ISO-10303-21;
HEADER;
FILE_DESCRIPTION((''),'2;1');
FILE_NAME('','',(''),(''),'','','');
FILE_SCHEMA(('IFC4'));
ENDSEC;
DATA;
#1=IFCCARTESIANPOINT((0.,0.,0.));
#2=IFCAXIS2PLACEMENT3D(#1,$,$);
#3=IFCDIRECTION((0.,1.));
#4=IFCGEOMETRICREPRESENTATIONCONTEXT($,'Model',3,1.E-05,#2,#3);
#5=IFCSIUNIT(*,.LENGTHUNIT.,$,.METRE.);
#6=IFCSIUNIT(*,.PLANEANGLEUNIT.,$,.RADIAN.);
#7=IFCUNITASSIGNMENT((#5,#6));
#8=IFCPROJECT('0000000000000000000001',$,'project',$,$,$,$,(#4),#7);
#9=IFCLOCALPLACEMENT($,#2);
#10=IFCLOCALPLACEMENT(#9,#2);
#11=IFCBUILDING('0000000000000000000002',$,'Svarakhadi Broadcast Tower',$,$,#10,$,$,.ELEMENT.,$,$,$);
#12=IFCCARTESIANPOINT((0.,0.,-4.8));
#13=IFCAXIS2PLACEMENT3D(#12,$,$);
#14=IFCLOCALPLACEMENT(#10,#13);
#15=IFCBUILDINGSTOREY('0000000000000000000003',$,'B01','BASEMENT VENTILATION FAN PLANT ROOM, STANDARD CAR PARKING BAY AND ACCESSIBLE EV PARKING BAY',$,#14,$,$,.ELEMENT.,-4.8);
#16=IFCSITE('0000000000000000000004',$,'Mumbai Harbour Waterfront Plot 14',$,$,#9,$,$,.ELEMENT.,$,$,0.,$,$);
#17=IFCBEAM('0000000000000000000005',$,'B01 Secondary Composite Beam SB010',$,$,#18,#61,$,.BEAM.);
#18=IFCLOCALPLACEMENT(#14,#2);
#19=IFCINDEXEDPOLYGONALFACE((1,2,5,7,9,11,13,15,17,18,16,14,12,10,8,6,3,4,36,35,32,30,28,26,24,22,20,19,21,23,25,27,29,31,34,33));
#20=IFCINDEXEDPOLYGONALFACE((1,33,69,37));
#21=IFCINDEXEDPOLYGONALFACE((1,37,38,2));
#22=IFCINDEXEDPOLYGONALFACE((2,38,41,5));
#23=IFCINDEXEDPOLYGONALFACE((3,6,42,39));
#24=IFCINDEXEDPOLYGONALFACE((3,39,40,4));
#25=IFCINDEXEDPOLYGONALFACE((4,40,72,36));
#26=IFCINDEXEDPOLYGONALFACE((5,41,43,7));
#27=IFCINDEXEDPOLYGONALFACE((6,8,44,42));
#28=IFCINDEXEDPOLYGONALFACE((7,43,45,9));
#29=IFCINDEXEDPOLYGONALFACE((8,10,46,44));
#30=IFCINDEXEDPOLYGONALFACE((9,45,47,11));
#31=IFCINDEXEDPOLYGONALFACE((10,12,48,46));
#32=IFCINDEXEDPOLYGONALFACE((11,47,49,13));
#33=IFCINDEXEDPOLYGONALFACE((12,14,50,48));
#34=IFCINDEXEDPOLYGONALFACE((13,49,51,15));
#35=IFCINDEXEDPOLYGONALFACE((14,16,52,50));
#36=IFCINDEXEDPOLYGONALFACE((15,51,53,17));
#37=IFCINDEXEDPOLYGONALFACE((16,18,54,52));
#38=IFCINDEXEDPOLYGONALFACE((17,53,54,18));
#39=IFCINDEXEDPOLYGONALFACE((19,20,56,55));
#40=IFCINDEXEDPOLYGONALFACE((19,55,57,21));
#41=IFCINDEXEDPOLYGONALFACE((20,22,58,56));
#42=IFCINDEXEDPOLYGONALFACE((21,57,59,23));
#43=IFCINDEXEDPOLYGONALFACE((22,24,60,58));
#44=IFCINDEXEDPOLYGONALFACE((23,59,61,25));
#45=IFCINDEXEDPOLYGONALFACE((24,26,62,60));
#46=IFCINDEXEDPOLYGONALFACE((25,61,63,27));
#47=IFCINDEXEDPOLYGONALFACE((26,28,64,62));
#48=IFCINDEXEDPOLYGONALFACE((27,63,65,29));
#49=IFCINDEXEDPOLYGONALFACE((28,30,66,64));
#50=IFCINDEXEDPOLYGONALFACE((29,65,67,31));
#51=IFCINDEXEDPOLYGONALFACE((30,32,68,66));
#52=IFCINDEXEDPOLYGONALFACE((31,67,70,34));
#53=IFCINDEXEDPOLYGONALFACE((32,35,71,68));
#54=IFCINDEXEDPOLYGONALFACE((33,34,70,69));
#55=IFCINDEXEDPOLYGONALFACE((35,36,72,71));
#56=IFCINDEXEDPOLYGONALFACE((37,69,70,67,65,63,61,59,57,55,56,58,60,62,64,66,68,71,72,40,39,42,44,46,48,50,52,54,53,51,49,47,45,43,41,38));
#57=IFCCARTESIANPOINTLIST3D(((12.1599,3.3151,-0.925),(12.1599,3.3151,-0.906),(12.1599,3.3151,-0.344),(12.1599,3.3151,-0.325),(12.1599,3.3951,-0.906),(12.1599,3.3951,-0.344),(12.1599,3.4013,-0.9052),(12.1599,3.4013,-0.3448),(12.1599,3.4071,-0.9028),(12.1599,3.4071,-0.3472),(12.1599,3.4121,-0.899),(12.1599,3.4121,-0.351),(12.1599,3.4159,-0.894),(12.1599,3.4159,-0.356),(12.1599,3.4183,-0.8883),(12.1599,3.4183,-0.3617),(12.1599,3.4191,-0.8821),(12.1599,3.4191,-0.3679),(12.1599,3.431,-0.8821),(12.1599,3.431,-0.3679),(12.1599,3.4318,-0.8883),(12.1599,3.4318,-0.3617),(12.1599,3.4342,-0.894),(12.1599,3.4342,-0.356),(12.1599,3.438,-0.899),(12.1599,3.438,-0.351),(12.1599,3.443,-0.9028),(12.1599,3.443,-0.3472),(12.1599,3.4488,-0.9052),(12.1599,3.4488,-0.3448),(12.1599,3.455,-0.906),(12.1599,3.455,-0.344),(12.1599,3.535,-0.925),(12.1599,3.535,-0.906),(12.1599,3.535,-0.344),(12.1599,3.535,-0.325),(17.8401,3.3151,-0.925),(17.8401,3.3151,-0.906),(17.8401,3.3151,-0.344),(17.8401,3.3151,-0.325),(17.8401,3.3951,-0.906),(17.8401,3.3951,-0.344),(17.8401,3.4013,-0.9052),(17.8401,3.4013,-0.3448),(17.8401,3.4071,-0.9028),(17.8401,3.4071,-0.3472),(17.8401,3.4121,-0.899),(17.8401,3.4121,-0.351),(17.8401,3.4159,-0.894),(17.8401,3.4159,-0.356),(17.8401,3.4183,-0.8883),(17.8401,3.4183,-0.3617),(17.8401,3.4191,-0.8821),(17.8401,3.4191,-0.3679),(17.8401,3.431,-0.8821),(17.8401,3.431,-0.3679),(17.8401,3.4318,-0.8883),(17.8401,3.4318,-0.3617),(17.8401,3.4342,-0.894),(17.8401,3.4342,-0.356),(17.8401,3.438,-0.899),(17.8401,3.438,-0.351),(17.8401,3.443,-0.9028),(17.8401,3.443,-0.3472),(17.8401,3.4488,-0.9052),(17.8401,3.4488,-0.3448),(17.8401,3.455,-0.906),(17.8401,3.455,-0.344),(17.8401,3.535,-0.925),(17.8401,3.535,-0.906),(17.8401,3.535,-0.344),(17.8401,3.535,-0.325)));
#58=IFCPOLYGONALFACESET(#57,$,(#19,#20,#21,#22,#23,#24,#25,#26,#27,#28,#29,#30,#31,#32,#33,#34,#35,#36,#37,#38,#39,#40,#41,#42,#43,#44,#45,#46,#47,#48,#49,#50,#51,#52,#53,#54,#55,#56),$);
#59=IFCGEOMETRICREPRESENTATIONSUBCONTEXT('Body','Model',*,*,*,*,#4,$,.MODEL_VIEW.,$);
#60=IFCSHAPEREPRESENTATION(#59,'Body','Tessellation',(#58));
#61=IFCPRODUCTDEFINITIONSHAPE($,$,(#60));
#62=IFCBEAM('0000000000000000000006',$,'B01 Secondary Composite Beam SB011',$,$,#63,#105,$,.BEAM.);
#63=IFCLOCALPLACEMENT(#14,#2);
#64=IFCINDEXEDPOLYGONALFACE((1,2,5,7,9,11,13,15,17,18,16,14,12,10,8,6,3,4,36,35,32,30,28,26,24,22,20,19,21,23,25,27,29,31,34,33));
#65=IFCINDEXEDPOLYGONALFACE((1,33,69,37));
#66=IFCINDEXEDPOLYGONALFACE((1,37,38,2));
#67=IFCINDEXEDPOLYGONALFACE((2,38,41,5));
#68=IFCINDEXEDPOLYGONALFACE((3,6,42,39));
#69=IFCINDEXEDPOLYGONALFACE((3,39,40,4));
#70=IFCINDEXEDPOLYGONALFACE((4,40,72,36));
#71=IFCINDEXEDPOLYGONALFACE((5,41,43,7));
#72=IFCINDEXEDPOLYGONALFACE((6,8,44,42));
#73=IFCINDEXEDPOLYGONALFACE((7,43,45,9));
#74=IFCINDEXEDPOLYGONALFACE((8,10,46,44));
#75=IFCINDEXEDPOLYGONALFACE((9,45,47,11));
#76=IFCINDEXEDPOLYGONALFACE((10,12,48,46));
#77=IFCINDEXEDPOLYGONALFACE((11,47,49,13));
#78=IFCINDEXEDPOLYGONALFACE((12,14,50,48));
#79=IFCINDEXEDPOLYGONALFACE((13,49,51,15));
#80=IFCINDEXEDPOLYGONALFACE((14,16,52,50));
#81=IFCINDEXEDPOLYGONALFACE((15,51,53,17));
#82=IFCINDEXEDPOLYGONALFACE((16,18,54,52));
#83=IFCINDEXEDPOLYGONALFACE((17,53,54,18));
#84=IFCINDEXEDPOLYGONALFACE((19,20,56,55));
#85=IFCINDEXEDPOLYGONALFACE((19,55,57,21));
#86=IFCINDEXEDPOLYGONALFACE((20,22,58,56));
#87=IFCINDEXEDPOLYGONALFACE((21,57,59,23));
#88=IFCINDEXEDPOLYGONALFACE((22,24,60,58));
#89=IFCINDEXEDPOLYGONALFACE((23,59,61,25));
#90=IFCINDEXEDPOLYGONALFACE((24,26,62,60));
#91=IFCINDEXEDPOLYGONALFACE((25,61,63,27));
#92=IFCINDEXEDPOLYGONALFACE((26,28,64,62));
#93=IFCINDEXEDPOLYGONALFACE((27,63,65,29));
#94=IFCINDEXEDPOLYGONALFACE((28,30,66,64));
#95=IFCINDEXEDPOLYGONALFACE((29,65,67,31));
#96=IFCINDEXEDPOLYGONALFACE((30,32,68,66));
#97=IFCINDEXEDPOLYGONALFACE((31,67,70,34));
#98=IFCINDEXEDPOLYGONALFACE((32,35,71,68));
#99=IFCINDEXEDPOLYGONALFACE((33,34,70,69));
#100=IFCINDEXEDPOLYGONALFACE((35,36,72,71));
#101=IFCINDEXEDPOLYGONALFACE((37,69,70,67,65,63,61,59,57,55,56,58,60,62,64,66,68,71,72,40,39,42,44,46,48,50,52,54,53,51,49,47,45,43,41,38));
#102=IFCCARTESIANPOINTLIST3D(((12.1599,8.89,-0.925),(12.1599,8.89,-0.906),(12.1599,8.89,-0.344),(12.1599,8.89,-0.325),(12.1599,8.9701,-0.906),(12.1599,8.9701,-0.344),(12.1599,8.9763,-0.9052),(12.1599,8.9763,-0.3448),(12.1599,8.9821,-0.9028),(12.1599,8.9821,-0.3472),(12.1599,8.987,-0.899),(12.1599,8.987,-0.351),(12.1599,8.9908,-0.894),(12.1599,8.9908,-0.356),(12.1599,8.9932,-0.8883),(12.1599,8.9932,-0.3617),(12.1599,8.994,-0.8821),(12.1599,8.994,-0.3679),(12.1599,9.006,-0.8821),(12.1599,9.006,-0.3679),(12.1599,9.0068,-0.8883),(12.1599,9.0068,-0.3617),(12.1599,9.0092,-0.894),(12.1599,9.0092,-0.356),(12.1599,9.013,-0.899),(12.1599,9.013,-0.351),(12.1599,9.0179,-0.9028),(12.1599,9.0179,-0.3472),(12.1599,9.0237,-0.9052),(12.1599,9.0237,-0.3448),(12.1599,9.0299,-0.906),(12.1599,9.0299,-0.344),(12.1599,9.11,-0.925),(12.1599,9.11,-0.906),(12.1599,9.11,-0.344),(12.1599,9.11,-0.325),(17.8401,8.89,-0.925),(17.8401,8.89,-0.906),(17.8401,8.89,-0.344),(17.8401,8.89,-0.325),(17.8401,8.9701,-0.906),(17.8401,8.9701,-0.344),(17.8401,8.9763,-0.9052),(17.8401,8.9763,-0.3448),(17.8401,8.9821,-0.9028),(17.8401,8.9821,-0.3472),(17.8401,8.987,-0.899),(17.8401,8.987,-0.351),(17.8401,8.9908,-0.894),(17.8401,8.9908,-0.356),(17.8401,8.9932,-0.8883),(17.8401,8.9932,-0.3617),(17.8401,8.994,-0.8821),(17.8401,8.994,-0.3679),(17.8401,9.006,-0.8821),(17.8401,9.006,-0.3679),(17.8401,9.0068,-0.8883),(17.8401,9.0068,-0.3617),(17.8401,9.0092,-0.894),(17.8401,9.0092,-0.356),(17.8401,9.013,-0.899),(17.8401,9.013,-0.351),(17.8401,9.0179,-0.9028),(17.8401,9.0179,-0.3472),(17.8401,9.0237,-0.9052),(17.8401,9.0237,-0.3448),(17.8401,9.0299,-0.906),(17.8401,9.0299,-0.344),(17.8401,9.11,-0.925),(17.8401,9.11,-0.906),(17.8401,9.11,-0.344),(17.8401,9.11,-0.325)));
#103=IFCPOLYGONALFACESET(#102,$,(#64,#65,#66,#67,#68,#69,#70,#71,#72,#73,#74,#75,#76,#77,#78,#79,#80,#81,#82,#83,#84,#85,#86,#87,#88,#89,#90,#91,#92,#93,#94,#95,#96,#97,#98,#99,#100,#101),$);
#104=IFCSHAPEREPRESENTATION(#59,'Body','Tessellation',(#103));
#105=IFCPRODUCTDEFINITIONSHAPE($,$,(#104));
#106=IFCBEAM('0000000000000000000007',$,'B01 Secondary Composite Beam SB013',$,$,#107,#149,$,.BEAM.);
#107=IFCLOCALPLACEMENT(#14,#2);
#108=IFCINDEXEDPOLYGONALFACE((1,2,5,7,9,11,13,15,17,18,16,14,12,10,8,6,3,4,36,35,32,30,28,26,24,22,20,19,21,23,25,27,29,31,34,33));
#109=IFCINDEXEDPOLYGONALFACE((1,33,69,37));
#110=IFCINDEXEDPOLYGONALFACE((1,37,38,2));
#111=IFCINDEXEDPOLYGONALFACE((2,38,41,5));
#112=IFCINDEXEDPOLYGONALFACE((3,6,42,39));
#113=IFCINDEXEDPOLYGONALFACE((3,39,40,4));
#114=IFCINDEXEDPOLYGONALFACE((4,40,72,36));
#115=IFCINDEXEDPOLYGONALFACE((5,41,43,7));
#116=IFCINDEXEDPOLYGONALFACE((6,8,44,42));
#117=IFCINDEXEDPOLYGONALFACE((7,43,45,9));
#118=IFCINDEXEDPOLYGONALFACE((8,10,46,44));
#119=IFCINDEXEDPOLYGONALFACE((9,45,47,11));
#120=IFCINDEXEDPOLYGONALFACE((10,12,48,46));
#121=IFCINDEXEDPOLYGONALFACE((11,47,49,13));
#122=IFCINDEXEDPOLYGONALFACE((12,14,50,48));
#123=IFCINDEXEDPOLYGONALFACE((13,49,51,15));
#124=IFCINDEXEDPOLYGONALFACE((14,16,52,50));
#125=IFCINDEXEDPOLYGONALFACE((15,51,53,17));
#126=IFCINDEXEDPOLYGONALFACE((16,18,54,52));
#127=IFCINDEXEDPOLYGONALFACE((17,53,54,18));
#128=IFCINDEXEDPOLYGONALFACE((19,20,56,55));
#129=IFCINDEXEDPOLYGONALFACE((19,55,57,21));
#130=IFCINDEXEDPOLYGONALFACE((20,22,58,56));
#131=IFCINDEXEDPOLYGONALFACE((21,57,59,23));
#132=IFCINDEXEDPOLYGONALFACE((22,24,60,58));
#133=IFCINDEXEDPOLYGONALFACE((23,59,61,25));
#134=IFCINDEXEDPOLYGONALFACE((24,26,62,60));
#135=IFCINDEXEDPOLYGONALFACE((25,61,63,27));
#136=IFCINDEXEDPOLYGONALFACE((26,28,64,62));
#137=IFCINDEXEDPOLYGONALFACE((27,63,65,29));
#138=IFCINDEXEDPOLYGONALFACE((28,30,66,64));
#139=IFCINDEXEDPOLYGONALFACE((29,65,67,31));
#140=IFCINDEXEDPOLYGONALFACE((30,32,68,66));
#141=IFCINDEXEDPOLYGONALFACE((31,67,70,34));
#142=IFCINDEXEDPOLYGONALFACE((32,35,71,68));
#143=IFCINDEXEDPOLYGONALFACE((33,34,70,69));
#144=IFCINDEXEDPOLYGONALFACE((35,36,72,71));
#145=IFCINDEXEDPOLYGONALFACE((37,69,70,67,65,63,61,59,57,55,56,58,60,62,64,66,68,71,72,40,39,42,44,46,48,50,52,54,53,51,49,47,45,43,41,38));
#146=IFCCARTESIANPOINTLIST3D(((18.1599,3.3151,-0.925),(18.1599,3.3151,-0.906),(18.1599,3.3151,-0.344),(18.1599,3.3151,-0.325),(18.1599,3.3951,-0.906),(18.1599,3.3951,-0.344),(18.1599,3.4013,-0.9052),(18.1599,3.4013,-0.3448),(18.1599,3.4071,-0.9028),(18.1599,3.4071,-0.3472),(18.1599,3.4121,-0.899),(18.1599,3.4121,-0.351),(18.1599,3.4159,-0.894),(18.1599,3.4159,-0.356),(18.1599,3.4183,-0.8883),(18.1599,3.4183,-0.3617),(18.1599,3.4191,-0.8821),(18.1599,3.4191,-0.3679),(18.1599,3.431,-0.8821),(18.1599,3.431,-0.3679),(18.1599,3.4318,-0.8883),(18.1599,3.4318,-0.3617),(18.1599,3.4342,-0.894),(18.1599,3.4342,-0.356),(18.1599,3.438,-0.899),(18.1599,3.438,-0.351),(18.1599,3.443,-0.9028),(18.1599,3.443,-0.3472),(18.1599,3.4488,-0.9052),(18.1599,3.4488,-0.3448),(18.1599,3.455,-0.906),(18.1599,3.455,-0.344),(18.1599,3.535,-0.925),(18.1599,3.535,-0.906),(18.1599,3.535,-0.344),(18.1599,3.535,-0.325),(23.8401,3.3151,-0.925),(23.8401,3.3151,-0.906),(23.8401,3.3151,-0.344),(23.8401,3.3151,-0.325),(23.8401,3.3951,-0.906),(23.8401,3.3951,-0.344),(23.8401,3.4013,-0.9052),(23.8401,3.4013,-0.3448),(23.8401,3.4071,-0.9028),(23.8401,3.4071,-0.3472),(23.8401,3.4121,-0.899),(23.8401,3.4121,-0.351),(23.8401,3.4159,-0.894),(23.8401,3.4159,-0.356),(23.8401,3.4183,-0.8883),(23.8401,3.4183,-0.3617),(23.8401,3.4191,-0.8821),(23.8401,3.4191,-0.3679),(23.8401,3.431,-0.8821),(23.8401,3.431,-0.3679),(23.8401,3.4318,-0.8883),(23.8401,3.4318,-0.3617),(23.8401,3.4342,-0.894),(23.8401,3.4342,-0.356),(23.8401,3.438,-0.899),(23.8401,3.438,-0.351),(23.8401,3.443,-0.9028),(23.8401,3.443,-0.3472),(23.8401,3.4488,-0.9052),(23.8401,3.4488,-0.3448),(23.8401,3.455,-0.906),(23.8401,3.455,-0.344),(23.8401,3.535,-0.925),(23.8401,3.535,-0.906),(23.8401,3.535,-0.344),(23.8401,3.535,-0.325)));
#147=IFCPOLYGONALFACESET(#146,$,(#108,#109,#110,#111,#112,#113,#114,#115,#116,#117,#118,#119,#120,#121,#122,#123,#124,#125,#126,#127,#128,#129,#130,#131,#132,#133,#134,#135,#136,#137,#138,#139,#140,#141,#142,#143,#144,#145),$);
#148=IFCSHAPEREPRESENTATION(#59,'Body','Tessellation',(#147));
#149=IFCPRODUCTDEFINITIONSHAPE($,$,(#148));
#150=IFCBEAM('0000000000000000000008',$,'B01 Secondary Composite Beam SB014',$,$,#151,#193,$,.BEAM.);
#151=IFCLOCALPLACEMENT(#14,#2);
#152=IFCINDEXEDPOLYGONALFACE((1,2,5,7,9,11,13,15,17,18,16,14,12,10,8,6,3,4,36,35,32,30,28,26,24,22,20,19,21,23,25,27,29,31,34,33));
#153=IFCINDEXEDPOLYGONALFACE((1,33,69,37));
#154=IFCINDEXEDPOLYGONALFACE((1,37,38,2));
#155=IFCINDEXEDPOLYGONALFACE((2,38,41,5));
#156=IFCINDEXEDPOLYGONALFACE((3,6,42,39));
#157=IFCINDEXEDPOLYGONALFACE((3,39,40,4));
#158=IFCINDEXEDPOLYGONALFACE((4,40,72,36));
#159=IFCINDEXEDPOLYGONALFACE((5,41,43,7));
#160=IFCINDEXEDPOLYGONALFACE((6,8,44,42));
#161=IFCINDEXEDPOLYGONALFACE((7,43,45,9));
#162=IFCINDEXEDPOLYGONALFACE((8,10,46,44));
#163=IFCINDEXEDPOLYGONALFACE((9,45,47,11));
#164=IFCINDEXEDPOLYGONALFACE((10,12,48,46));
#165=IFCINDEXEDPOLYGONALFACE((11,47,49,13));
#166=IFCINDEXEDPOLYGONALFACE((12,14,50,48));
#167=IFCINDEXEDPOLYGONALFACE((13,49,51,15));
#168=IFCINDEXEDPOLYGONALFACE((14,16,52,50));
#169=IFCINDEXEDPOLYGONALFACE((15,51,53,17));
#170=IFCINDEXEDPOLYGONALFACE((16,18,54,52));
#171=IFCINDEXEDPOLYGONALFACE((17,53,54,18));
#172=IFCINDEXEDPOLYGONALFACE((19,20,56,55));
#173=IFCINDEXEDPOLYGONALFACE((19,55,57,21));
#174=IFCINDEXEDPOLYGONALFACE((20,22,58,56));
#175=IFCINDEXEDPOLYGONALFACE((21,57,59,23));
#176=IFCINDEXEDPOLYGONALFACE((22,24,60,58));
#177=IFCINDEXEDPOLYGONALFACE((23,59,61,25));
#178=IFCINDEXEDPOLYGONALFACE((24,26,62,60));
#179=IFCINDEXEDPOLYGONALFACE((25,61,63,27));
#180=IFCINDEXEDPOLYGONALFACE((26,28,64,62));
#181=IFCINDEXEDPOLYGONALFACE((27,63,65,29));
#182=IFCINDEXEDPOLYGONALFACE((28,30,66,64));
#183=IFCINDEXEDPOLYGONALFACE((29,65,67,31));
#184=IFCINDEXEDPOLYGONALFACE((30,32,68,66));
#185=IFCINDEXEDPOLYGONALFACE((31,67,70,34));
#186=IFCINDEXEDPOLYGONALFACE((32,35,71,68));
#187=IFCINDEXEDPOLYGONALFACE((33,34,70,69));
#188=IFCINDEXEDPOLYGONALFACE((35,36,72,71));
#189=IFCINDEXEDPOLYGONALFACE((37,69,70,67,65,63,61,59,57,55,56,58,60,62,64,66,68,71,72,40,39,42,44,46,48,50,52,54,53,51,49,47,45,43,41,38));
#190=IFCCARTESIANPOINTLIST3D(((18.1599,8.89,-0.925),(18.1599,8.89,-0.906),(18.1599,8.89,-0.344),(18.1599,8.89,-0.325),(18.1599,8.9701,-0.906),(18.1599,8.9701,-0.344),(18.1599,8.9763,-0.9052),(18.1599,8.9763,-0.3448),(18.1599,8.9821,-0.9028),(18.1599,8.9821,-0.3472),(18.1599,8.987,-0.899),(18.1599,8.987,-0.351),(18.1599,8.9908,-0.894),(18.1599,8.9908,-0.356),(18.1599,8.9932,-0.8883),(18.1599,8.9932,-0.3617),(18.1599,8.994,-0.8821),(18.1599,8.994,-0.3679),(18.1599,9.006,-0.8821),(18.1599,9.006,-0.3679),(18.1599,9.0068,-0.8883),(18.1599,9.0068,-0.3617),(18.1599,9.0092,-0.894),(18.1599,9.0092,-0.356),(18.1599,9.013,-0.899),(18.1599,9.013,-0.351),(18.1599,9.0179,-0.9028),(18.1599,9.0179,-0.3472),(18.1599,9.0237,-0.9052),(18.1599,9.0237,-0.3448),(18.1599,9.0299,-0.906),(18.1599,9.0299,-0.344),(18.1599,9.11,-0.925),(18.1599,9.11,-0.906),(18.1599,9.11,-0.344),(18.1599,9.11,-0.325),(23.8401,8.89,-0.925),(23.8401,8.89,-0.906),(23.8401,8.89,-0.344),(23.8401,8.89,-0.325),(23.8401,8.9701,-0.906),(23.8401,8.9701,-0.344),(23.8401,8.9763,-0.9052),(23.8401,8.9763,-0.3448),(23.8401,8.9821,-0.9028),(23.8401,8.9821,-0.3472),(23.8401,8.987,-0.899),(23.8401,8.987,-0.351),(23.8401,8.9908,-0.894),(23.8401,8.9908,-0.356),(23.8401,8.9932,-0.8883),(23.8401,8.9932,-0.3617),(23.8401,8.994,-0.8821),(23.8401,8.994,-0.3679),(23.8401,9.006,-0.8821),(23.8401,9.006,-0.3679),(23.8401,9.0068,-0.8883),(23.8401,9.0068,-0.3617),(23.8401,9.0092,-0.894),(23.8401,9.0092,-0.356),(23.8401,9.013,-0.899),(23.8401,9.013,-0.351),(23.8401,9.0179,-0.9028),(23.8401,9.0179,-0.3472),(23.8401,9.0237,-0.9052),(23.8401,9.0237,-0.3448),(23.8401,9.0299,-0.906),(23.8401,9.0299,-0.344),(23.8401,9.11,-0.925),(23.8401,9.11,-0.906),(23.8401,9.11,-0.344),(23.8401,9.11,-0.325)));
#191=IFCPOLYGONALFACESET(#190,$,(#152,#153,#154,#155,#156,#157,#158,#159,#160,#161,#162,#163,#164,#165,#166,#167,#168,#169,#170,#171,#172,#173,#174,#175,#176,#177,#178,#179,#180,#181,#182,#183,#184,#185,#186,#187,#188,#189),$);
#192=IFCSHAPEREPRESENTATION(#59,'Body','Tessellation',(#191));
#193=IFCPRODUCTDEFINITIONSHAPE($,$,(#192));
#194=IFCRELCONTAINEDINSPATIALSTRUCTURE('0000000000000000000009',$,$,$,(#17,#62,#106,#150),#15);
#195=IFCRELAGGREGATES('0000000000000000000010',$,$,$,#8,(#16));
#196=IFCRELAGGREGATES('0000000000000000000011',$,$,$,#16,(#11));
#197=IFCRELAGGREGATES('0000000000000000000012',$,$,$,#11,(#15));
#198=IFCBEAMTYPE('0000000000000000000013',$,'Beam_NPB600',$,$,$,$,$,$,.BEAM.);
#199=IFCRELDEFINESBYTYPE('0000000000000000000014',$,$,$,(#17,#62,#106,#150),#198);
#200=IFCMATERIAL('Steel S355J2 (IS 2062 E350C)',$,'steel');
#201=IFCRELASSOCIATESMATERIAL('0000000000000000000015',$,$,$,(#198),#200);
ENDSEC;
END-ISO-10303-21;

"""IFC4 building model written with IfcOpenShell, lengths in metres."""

from ifc_helpers import new_model, si_unit, direction, frame, origin, origin_2d, place, context, subcontext, project, spatial, i_section, extrude, material, material_profile, profile_set, type_object, element, save


model = new_model("IFC4")

# Units and contexts
model_context = context("Model", 3, precision=1e-05, world=origin(), true_north=direction((0.0, 1.0)))
body_context = subcontext(model_context, "Body", "Model", "MODEL_VIEW")
ifc_project = project(units=[si_unit("LENGTHUNIT", "METRE"), si_unit("PLANEANGLEUNIT", "RADIAN")], contexts=[model_context])

# Site, building, storey
site_placement = place(None, origin())
site = spatial("IfcSite", under=ifc_project, at=site_placement, Name="Mumbai Harbour Waterfront Plot 14", CompositionType="ELEMENT", RefElevation=0.0)
building_placement = place(site_placement, origin())
building = spatial("IfcBuilding", under=site, at=building_placement, Name="Svarakhadi Broadcast Tower", CompositionType="ELEMENT")
storey_placement = place(building_placement, frame((0.0, 0.0, -4.8)))
storey = spatial("IfcBuildingStorey", under=building, at=storey_placement, Name="B01", Description="BASEMENT VENTILATION FAN PLANT ROOM, STANDARD CAR PARKING BAY AND ACCESSIBLE EV PARKING BAY", CompositionType="ELEMENT", Elevation=-4.8)

# Beams
ifc_material_1 = material(Name="Steel S355J2 (IS 2062 E350C)", Category="steel")
ifc_material_profile_1 = material_profile(ifc_material_1, i_section(OverallWidth=0.22, OverallDepth=0.6001, WebThickness=0.012, FlangeThickness=0.019, FilletRadius=0.0239, at=origin_2d()), Name="NPB 600x220x122")
ifc_profile_set_1 = profile_set([ifc_material_profile_1], Name="Steel S355J2 (IS 2062 E350C)")
beam_type_1 = type_object("IfcBeamType", Name="Beam_NPB600", PredefinedType="BEAM", material=ifc_profile_set_1)
for number, where, z_axis, x_axis, name in (
    (1, (12.1599, 3.425, -0.625), (1.0, 0.0, 0.0), (0.0, 1.0, 0.0), "B01 Secondary Composite Beam SB010"),
    (2, (12.1599, 9.0, -0.625), (1.0, 0.0, 0.0), (0.0, 1.0, 0.0), "B01 Secondary Composite Beam SB011"),
    (3, (18.1599, 3.425, -0.625), (1.0, 0.0, 0.0), (0.0, 1.0, 0.0), "B01 Secondary Composite Beam SB013"),
    (4, (18.1599, 9.0, -0.625), (1.0, 0.0, 0.0), (0.0, 1.0, 0.0), "B01 Secondary Composite Beam SB014"),
):
    element("IfcBeam", number, at=place(storey_placement, frame(where, z_axis=z_axis, x_axis=x_axis)), inside=storey, type_object=beam_type_1, Name=name, PredefinedType="BEAM", context=body_context, shape_type="SweptSolid", body=[
        extrude(i_section(OverallWidth=0.22, OverallDepth=0.6001, WebThickness=0.012, FlangeThickness=0.019, FilletRadius=0.0239, at=origin_2d()), origin(), (0.0, 0.0, 1.0), 5.6802),
    ])

save(model, "model.ifc")
